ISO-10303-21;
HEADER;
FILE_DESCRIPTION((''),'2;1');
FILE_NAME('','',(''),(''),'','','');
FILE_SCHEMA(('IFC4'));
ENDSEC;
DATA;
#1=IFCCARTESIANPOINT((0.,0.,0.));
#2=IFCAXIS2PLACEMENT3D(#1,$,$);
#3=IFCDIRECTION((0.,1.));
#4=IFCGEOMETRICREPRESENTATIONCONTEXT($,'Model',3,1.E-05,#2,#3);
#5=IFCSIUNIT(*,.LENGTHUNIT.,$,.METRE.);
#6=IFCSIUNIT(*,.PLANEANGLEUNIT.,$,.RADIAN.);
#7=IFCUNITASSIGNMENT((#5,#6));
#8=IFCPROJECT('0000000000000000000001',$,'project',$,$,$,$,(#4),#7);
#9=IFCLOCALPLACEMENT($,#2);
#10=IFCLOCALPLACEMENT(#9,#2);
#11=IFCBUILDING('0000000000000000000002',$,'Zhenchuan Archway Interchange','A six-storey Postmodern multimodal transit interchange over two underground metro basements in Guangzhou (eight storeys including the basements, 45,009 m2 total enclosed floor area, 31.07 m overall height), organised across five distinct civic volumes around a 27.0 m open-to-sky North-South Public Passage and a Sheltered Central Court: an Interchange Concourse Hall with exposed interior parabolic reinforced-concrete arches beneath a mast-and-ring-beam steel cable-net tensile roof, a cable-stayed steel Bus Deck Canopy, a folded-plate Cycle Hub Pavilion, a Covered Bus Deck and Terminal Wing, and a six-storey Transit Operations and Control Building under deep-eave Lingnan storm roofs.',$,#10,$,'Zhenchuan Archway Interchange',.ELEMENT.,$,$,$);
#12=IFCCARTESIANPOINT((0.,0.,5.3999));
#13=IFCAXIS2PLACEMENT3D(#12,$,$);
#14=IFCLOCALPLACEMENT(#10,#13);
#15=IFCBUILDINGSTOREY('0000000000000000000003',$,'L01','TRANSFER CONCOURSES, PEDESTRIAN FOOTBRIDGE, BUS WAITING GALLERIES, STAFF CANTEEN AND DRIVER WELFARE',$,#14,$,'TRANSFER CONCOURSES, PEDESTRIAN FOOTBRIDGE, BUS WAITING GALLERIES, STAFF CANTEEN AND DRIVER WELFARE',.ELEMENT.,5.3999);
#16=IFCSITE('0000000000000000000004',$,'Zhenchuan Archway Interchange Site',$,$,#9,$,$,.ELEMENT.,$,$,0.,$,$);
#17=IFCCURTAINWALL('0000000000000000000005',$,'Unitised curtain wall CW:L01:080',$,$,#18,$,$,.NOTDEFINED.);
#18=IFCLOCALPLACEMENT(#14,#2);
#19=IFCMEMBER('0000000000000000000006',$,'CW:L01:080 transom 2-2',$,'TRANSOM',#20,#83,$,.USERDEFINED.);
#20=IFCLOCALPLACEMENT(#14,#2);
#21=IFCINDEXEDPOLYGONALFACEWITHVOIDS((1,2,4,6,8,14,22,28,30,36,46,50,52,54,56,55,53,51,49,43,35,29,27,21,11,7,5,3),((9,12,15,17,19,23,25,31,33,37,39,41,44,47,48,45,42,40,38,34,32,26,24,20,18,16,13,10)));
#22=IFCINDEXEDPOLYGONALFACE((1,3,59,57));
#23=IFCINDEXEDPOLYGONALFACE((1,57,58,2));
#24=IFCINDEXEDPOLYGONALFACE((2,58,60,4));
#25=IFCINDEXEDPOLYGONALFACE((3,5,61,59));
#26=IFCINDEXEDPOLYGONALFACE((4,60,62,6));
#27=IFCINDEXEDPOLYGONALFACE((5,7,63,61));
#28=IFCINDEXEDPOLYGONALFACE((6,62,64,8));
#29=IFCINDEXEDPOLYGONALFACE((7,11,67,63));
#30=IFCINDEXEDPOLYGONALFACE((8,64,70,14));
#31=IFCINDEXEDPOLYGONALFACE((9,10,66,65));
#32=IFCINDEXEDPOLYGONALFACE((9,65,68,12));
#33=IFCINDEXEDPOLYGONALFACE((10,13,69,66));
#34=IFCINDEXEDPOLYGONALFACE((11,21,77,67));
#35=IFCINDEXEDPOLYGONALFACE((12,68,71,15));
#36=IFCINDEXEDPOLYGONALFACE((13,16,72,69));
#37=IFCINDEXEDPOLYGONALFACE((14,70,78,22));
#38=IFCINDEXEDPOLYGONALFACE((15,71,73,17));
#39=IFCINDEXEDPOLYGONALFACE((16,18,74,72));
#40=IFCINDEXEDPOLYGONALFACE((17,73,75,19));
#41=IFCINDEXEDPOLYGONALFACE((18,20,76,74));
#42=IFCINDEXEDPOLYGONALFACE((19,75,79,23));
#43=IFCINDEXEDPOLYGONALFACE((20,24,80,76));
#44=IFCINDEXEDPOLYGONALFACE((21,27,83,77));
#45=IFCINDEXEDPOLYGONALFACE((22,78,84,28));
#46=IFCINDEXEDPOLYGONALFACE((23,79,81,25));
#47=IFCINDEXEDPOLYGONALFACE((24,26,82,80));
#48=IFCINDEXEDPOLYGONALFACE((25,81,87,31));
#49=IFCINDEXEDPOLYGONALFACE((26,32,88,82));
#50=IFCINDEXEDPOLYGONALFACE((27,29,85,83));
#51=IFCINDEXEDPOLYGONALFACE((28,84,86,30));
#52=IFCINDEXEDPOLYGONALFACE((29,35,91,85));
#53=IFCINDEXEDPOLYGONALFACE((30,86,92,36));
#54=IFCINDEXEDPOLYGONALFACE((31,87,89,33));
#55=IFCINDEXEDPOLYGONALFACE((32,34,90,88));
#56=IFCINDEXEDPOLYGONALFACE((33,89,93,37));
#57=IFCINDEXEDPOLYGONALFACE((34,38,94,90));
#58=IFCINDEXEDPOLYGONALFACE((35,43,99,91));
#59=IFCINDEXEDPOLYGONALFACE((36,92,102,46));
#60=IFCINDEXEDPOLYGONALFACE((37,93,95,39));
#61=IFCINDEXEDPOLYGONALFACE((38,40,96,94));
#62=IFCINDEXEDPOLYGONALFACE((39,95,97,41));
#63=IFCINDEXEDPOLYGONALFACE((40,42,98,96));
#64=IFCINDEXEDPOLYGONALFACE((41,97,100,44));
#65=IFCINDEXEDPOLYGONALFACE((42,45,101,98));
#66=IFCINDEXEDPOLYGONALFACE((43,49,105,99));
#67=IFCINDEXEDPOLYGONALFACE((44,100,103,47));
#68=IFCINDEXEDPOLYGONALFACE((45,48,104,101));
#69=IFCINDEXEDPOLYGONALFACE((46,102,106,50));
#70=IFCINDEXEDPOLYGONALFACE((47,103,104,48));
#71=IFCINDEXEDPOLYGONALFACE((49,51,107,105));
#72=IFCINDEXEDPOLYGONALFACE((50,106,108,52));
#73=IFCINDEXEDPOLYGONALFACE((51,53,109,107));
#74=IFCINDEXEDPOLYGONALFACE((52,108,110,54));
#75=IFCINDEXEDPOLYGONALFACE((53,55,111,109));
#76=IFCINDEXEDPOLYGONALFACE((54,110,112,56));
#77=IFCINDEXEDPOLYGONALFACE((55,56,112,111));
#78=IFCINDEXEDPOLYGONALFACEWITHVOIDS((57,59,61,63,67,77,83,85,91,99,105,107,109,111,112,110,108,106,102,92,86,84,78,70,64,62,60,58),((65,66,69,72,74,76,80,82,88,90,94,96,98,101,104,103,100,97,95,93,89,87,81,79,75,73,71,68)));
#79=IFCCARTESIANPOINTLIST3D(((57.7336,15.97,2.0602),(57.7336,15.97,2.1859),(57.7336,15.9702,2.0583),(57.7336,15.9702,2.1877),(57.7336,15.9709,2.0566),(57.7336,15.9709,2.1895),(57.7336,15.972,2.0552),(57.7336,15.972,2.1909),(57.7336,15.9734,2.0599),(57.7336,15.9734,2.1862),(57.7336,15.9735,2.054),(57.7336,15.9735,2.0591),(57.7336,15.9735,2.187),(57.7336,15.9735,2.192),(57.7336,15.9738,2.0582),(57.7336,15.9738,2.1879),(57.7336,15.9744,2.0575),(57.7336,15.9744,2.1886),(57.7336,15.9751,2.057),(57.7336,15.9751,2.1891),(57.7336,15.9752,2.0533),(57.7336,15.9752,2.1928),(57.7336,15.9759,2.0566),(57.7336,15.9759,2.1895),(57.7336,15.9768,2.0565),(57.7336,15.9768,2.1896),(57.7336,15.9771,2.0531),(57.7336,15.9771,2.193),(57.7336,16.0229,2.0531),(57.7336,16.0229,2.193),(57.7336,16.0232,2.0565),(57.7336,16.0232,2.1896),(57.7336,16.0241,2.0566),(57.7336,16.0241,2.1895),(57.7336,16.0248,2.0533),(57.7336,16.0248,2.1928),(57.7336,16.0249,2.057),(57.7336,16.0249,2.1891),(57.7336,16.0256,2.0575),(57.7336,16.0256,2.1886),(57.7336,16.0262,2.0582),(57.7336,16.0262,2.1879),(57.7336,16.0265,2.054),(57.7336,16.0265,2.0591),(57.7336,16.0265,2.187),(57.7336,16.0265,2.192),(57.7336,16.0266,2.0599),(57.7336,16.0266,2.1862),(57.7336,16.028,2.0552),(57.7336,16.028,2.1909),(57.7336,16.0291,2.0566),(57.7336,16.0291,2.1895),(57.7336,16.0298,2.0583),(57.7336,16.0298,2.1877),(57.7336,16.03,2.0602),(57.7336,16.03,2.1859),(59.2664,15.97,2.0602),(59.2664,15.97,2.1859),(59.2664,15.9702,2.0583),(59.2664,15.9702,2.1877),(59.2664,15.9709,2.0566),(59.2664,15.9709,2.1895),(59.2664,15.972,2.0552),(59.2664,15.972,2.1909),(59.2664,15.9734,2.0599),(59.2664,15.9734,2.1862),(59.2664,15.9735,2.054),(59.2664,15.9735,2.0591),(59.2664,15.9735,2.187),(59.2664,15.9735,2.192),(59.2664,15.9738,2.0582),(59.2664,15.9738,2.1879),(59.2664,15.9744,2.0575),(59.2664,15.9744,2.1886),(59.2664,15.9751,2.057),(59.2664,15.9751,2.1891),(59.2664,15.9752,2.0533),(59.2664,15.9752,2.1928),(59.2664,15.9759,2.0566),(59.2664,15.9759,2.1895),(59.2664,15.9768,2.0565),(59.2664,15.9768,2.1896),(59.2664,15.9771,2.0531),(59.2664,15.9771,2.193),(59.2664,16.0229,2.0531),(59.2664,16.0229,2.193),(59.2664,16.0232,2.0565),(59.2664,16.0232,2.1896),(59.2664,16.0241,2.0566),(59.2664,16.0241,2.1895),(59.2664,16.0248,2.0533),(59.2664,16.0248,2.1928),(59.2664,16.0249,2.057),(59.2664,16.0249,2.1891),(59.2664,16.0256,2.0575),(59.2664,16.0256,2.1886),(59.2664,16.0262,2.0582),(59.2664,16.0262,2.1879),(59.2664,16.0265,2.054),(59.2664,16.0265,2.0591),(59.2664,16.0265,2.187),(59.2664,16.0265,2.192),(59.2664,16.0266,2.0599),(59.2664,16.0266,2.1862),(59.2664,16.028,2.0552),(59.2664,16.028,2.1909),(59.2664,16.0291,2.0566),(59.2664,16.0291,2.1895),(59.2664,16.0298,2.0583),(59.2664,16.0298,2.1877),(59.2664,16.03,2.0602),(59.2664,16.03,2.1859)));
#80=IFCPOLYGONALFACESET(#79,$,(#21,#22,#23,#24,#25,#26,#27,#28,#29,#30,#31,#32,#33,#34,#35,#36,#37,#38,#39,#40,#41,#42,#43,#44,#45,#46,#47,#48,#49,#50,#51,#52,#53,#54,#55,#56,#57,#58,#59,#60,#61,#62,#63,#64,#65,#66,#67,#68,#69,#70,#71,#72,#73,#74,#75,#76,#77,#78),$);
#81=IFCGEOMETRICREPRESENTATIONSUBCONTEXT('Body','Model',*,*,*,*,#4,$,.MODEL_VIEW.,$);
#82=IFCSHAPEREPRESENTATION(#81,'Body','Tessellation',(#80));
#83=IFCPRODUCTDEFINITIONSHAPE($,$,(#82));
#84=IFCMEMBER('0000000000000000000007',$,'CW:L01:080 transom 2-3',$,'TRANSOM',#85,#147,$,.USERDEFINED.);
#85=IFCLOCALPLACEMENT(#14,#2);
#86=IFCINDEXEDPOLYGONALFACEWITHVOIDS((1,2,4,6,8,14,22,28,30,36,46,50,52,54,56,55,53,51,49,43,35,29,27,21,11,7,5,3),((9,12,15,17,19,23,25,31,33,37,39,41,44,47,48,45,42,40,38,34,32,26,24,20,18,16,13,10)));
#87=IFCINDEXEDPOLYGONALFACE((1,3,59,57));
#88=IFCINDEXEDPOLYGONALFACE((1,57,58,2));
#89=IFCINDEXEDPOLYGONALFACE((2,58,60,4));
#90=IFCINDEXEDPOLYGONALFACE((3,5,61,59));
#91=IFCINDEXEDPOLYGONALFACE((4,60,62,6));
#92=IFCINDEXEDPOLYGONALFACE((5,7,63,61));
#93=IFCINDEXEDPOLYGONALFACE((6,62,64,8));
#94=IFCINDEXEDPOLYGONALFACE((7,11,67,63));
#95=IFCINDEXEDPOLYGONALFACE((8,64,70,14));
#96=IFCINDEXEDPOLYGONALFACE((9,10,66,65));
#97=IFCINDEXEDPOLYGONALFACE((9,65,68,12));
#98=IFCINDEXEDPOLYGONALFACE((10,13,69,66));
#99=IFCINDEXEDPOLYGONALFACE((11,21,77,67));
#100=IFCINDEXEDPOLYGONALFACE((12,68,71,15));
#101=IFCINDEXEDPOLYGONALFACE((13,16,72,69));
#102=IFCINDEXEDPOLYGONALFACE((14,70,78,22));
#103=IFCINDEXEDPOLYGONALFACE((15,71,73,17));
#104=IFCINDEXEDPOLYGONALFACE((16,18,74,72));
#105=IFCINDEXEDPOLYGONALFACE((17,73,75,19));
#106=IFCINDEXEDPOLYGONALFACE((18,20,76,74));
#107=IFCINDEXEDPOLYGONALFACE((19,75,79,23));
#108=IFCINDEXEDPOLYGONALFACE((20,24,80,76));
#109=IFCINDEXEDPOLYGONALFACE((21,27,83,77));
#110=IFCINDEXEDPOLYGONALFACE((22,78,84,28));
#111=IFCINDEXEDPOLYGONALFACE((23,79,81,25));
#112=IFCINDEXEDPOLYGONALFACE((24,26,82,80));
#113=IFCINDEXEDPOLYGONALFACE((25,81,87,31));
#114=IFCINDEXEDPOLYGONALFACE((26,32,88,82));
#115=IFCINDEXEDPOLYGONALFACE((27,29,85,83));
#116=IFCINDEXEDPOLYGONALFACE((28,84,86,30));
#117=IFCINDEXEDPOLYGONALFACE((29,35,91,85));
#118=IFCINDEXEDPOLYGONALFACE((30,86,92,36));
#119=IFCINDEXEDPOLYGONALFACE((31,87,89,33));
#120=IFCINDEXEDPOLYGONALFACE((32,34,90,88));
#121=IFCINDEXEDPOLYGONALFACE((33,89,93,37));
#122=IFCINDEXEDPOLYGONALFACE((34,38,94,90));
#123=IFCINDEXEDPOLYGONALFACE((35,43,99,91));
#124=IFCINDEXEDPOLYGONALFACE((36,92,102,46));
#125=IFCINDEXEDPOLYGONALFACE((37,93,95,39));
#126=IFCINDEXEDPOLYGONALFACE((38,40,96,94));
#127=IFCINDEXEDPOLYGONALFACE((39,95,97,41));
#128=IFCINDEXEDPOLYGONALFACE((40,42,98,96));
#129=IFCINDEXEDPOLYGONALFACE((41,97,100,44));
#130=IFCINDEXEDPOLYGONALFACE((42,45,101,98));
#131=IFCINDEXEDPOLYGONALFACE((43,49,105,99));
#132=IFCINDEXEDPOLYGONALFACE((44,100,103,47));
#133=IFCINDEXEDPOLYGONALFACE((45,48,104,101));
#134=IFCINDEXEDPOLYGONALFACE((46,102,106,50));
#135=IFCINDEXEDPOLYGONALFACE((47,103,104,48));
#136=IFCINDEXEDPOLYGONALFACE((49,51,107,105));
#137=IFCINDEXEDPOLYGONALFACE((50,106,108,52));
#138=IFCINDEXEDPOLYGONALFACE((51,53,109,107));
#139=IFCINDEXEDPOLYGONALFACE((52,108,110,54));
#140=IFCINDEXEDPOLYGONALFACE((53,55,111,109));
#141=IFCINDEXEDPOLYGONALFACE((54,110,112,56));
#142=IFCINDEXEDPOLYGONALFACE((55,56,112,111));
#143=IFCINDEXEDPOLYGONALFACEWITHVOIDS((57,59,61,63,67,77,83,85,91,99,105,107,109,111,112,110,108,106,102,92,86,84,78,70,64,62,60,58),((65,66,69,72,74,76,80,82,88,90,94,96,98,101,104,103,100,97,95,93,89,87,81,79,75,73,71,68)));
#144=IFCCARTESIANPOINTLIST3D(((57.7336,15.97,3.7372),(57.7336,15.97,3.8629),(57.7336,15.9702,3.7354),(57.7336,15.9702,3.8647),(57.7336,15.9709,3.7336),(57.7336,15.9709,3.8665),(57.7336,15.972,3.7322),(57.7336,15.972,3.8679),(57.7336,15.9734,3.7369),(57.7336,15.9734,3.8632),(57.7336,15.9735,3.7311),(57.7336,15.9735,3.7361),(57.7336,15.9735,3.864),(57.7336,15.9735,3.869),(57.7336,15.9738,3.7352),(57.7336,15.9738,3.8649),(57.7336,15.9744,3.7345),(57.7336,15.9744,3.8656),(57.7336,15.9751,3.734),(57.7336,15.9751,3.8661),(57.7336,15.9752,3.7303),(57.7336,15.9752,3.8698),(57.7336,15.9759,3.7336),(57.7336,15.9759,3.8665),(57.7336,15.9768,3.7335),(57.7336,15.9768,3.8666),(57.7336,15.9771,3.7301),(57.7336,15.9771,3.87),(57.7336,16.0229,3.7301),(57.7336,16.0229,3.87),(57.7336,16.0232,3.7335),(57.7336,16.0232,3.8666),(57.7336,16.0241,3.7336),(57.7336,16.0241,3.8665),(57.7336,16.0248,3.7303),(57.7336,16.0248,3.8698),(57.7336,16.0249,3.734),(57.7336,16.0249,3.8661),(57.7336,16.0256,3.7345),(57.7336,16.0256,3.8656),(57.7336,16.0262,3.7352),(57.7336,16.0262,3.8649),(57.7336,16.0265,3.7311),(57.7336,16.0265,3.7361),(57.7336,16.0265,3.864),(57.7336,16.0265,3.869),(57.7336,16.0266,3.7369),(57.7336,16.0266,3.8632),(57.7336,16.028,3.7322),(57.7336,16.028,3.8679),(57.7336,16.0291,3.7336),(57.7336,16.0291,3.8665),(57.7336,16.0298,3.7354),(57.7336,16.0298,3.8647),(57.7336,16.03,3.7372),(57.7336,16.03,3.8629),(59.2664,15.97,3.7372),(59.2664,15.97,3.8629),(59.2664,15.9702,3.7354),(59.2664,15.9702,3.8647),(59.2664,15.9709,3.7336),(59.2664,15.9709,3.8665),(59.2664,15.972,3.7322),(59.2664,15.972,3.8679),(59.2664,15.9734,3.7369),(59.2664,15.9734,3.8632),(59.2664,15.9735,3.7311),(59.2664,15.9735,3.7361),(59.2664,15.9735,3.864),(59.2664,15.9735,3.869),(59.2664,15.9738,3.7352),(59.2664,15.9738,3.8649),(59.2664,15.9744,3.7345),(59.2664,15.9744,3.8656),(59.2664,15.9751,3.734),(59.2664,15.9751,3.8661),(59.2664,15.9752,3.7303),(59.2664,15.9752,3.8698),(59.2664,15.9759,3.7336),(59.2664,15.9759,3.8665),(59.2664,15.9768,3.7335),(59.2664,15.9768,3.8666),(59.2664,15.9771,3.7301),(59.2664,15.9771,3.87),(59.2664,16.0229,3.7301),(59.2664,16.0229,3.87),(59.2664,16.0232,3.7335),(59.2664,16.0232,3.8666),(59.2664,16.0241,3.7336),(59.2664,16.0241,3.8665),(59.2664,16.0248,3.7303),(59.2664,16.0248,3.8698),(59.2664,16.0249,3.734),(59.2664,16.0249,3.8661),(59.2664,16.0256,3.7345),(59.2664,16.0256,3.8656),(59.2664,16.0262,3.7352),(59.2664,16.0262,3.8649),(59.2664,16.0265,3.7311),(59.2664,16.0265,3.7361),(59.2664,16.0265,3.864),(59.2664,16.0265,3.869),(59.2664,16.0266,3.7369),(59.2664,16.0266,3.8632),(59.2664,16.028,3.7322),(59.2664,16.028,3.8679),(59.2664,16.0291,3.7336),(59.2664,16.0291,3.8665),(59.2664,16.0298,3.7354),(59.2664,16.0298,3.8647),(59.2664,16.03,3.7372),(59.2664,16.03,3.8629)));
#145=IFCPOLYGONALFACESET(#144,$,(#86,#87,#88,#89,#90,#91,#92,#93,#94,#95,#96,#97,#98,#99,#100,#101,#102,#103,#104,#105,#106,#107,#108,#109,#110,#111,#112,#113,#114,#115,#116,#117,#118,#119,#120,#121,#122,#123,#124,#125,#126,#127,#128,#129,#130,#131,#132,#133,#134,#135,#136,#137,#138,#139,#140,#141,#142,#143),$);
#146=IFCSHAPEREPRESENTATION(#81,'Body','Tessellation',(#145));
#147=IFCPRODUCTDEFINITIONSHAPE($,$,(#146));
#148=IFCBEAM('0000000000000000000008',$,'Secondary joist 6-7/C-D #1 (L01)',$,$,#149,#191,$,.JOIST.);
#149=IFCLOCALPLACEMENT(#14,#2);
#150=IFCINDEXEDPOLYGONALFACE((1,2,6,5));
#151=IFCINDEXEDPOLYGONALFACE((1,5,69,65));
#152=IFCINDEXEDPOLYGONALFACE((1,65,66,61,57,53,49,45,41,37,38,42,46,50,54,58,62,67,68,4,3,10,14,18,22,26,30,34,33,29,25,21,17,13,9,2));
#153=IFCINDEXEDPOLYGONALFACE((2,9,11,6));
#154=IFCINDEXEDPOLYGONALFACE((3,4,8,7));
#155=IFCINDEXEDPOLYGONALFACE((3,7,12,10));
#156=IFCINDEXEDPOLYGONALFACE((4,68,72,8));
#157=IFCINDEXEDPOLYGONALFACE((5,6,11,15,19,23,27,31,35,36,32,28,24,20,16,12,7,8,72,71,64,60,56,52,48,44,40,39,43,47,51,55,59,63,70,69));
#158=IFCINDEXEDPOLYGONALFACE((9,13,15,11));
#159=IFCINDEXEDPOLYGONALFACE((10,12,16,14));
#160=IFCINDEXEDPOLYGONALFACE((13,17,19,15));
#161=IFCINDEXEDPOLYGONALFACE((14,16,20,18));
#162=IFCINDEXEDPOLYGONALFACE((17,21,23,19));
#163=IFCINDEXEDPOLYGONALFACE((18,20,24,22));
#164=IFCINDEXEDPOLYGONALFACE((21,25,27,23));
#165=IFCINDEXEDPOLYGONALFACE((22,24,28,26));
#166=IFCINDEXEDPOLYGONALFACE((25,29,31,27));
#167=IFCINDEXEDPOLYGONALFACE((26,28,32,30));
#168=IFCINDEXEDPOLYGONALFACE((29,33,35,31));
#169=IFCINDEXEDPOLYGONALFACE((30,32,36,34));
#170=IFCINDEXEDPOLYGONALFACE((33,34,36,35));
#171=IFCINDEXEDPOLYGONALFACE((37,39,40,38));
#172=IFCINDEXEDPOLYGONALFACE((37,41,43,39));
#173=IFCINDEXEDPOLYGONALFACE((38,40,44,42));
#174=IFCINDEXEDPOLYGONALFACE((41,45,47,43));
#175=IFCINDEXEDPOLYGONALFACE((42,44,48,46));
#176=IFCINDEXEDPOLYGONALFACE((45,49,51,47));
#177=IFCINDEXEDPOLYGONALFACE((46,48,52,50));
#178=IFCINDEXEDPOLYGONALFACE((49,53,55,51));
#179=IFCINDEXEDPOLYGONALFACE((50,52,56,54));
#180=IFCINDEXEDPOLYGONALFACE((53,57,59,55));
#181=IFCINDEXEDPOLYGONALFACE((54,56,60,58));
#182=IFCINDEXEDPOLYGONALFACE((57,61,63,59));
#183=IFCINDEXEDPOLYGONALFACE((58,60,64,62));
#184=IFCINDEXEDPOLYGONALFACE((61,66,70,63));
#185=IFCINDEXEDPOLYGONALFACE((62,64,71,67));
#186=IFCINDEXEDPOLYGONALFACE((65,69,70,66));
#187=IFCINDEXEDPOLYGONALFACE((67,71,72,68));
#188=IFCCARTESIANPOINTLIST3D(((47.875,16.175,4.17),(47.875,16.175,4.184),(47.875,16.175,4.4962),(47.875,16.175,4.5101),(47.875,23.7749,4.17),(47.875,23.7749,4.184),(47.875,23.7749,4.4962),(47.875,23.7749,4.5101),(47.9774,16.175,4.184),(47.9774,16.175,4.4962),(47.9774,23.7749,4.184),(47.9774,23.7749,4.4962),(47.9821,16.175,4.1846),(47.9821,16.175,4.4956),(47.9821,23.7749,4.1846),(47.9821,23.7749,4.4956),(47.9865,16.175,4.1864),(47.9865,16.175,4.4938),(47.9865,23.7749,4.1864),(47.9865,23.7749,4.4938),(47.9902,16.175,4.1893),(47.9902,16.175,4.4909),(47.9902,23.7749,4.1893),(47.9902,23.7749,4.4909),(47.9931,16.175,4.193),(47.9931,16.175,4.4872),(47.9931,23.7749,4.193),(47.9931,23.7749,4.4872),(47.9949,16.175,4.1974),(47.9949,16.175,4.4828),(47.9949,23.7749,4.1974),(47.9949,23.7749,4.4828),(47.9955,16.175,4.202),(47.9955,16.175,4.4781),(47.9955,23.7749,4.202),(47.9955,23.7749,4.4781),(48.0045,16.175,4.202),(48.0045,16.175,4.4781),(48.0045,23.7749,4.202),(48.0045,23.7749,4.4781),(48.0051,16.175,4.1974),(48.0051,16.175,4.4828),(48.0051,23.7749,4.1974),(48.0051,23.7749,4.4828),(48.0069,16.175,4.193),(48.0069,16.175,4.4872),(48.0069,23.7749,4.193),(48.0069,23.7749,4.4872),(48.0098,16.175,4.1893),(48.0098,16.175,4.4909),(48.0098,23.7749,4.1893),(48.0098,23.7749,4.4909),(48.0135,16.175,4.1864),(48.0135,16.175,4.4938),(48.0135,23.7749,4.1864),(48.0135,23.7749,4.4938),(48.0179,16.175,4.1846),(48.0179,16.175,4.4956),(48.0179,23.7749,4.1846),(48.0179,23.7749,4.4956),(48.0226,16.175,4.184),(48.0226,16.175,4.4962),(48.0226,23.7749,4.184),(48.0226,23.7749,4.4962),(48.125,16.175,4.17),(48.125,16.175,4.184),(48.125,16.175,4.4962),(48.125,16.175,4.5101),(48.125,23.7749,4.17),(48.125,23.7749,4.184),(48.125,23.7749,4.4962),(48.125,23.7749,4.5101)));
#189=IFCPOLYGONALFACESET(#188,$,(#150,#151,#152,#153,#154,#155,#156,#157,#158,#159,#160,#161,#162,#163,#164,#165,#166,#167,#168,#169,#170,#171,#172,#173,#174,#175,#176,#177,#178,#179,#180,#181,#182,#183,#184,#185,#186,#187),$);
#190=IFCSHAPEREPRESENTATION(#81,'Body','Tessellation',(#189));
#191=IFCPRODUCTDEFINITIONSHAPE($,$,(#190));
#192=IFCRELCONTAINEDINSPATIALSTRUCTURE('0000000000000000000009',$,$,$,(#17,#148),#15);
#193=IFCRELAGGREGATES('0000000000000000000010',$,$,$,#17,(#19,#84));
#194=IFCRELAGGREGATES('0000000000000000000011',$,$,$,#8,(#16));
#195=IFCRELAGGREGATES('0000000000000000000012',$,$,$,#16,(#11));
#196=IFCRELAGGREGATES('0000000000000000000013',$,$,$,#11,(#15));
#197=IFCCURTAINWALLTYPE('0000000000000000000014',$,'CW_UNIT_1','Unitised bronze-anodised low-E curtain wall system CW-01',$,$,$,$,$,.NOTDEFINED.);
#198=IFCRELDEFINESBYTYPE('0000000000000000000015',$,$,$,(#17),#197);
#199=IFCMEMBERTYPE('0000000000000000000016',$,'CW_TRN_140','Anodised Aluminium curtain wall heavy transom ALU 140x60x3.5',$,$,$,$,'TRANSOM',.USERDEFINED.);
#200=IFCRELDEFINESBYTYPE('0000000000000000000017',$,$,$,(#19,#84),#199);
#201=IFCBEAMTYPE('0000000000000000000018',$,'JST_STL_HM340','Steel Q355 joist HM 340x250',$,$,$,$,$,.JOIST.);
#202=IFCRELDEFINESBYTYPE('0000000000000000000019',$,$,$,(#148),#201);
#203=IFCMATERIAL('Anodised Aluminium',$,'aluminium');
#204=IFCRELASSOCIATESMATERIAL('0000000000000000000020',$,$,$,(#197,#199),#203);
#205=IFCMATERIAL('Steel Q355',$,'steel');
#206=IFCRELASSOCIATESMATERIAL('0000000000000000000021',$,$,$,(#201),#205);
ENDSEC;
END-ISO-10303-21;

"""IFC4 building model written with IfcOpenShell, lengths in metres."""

from ifc_helpers import new_model, si_unit, direction, frame, origin, origin_2d, place, context, subcontext, project, spatial, hollow_rectangle, i_section, extrude, material, material_profile, profile_set, type_object, element, aggregate, save


model = new_model("IFC4")

# Units and contexts
model_context = context("Model", 3, precision=1e-05, world=origin(), true_north=direction((0.0, 1.0)))
body_context = subcontext(model_context, "Body", "Model", "MODEL_VIEW")
ifc_project = project(units=[si_unit("LENGTHUNIT", "METRE"), si_unit("PLANEANGLEUNIT", "RADIAN")], contexts=[model_context])

# Site, building, storey
site_placement = place(None, origin())
site = spatial("IfcSite", under=ifc_project, at=site_placement, Name="Zhenchuan Archway Interchange Site", CompositionType="ELEMENT", RefElevation=0.0)
building_placement = place(site_placement, origin())
building = spatial("IfcBuilding", under=site, at=building_placement, Name="Zhenchuan Archway Interchange", Description="A six-storey Postmodern multimodal transit interchange over two underground metro basements in Guangzhou (eight storeys including the basements, 45,009 m2 total enclosed floor area, 31.07 m overall height), organised across five distinct civic volumes around a 27.0 m open-to-sky North-South Public Passage and a Sheltered Central Court: an Interchange Concourse Hall with exposed interior parabolic reinforced-concrete arches beneath a mast-and-ring-beam steel cable-net tensile roof, a cable-stayed steel Bus Deck Canopy, a folded-plate Cycle Hub Pavilion, a Covered Bus Deck and Terminal Wing, and a six-storey Transit Operations and Control Building under deep-eave Lingnan storm roofs.", LongName="Zhenchuan Archway Interchange", CompositionType="ELEMENT")
storey_placement = place(building_placement, frame((0.0, 0.0, 5.3999)))
storey = spatial("IfcBuildingStorey", under=building, at=storey_placement, Name="L01", Description="TRANSFER CONCOURSES, PEDESTRIAN FOOTBRIDGE, BUS WAITING GALLERIES, STAFF CANTEEN AND DRIVER WELFARE", LongName="TRANSFER CONCOURSES, PEDESTRIAN FOOTBRIDGE, BUS WAITING GALLERIES, STAFF CANTEEN AND DRIVER WELFARE", CompositionType="ELEMENT", Elevation=5.3999)

# Curtain wall, members
ifc_material_1 = material(Name="Anodised Aluminium", Category="aluminium")
curtain_wall_type = type_object("IfcCurtainWallType", Name="CW_UNIT_1", Description="Unitised bronze-anodised low-E curtain wall system CW-01", PredefinedType="NOTDEFINED", material=ifc_material_1)
curtain_wall_placement = place(storey_placement, origin())
curtain_wall = element("IfcCurtainWall", 1, at=curtain_wall_placement, inside=storey, type_object=curtain_wall_type, Name="Unitised curtain wall CW:L01:080", PredefinedType="NOTDEFINED")
ifc_material_profile_1 = material_profile(ifc_material_1, hollow_rectangle(XDim=0.0601, YDim=0.1399, WallThickness=0.0034, InnerFilletRadius=0.0034, OuterFilletRadius=0.0071, at=origin_2d()), Name="ALU 140x60x3.5")
ifc_profile_set_1 = profile_set([ifc_material_profile_1], Name="Anodised Aluminium")
member_type_1 = type_object("IfcMemberType", Name="CW_TRN_140", Description="Anodised Aluminium curtain wall heavy transom ALU 140x60x3.5", ElementType="TRANSOM", PredefinedType="USERDEFINED", material=ifc_profile_set_1)
member_1_placement = place(storey_placement, frame((59.2664, 16.0, 2.123), z_axis=(-1.0, 0.0, 0.0), x_axis=(0.0, -1.0, 0.0)))
member_1 = element("IfcMember", 2, at=member_1_placement, type_object=member_type_1, Name="CW:L01:080 transom 2-2", ObjectType="TRANSOM", PredefinedType="USERDEFINED", context=body_context, shape_type="SweptSolid", body=[
    extrude(hollow_rectangle(XDim=0.0601, YDim=0.1399, WallThickness=0.0034, InnerFilletRadius=0.0034, OuterFilletRadius=0.0071, at=origin_2d()), origin(), (0.0, 0.0, 1.0), 1.5327),
])
member_2_placement = place(storey_placement, frame((59.2664, 16.0, 3.8), z_axis=(-1.0, 0.0, 0.0), x_axis=(0.0, -1.0, 0.0)))
member_2 = element("IfcMember", 3, at=member_2_placement, type_object=member_type_1, Name="CW:L01:080 transom 2-3", ObjectType="TRANSOM", PredefinedType="USERDEFINED", context=body_context, shape_type="SweptSolid", body=[
    extrude(hollow_rectangle(XDim=0.0601, YDim=0.1399, WallThickness=0.0034, InnerFilletRadius=0.0034, OuterFilletRadius=0.0071, at=origin_2d()), origin(), (0.0, 0.0, 1.0), 1.5327),
])

# Beam
ifc_material_2 = material(Name="Steel Q355", Category="steel")
ifc_material_profile_2 = material_profile(ifc_material_2, i_section(OverallWidth=0.25, OverallDepth=0.3401, WebThickness=0.009, FlangeThickness=0.0139, FilletRadius=0.0181, at=origin_2d()), Name="HM 340x250")
ifc_profile_set_2 = profile_set([ifc_material_profile_2], Name="Steel Q355")
beam_type_1 = type_object("IfcBeamType", Name="JST_STL_HM340", Description="Steel Q355 joist HM 340x250", PredefinedType="JOIST", material=ifc_profile_set_2)
for number, where, z_axis, x_axis, name in (
    (4, (48.0, 16.175, 4.3401), (0.0, 1.0, 0.0), (-1.0, 0.0, 0.0), "Secondary joist 6-7/C-D #1 (L01)"),
):
    element("IfcBeam", number, at=place(storey_placement, frame(where, z_axis=z_axis, x_axis=x_axis)), inside=storey, type_object=beam_type_1, Name=name, PredefinedType="JOIST", context=body_context, shape_type="SweptSolid", body=[
        extrude(i_section(OverallWidth=0.25, OverallDepth=0.3401, WebThickness=0.009, FlangeThickness=0.0139, FilletRadius=0.0181, at=origin_2d()), origin(), (0.0, 0.0, 1.0), 7.5999),
    ])

aggregate(curtain_wall, [member_1, member_2])

save(model, "model.ifc")
